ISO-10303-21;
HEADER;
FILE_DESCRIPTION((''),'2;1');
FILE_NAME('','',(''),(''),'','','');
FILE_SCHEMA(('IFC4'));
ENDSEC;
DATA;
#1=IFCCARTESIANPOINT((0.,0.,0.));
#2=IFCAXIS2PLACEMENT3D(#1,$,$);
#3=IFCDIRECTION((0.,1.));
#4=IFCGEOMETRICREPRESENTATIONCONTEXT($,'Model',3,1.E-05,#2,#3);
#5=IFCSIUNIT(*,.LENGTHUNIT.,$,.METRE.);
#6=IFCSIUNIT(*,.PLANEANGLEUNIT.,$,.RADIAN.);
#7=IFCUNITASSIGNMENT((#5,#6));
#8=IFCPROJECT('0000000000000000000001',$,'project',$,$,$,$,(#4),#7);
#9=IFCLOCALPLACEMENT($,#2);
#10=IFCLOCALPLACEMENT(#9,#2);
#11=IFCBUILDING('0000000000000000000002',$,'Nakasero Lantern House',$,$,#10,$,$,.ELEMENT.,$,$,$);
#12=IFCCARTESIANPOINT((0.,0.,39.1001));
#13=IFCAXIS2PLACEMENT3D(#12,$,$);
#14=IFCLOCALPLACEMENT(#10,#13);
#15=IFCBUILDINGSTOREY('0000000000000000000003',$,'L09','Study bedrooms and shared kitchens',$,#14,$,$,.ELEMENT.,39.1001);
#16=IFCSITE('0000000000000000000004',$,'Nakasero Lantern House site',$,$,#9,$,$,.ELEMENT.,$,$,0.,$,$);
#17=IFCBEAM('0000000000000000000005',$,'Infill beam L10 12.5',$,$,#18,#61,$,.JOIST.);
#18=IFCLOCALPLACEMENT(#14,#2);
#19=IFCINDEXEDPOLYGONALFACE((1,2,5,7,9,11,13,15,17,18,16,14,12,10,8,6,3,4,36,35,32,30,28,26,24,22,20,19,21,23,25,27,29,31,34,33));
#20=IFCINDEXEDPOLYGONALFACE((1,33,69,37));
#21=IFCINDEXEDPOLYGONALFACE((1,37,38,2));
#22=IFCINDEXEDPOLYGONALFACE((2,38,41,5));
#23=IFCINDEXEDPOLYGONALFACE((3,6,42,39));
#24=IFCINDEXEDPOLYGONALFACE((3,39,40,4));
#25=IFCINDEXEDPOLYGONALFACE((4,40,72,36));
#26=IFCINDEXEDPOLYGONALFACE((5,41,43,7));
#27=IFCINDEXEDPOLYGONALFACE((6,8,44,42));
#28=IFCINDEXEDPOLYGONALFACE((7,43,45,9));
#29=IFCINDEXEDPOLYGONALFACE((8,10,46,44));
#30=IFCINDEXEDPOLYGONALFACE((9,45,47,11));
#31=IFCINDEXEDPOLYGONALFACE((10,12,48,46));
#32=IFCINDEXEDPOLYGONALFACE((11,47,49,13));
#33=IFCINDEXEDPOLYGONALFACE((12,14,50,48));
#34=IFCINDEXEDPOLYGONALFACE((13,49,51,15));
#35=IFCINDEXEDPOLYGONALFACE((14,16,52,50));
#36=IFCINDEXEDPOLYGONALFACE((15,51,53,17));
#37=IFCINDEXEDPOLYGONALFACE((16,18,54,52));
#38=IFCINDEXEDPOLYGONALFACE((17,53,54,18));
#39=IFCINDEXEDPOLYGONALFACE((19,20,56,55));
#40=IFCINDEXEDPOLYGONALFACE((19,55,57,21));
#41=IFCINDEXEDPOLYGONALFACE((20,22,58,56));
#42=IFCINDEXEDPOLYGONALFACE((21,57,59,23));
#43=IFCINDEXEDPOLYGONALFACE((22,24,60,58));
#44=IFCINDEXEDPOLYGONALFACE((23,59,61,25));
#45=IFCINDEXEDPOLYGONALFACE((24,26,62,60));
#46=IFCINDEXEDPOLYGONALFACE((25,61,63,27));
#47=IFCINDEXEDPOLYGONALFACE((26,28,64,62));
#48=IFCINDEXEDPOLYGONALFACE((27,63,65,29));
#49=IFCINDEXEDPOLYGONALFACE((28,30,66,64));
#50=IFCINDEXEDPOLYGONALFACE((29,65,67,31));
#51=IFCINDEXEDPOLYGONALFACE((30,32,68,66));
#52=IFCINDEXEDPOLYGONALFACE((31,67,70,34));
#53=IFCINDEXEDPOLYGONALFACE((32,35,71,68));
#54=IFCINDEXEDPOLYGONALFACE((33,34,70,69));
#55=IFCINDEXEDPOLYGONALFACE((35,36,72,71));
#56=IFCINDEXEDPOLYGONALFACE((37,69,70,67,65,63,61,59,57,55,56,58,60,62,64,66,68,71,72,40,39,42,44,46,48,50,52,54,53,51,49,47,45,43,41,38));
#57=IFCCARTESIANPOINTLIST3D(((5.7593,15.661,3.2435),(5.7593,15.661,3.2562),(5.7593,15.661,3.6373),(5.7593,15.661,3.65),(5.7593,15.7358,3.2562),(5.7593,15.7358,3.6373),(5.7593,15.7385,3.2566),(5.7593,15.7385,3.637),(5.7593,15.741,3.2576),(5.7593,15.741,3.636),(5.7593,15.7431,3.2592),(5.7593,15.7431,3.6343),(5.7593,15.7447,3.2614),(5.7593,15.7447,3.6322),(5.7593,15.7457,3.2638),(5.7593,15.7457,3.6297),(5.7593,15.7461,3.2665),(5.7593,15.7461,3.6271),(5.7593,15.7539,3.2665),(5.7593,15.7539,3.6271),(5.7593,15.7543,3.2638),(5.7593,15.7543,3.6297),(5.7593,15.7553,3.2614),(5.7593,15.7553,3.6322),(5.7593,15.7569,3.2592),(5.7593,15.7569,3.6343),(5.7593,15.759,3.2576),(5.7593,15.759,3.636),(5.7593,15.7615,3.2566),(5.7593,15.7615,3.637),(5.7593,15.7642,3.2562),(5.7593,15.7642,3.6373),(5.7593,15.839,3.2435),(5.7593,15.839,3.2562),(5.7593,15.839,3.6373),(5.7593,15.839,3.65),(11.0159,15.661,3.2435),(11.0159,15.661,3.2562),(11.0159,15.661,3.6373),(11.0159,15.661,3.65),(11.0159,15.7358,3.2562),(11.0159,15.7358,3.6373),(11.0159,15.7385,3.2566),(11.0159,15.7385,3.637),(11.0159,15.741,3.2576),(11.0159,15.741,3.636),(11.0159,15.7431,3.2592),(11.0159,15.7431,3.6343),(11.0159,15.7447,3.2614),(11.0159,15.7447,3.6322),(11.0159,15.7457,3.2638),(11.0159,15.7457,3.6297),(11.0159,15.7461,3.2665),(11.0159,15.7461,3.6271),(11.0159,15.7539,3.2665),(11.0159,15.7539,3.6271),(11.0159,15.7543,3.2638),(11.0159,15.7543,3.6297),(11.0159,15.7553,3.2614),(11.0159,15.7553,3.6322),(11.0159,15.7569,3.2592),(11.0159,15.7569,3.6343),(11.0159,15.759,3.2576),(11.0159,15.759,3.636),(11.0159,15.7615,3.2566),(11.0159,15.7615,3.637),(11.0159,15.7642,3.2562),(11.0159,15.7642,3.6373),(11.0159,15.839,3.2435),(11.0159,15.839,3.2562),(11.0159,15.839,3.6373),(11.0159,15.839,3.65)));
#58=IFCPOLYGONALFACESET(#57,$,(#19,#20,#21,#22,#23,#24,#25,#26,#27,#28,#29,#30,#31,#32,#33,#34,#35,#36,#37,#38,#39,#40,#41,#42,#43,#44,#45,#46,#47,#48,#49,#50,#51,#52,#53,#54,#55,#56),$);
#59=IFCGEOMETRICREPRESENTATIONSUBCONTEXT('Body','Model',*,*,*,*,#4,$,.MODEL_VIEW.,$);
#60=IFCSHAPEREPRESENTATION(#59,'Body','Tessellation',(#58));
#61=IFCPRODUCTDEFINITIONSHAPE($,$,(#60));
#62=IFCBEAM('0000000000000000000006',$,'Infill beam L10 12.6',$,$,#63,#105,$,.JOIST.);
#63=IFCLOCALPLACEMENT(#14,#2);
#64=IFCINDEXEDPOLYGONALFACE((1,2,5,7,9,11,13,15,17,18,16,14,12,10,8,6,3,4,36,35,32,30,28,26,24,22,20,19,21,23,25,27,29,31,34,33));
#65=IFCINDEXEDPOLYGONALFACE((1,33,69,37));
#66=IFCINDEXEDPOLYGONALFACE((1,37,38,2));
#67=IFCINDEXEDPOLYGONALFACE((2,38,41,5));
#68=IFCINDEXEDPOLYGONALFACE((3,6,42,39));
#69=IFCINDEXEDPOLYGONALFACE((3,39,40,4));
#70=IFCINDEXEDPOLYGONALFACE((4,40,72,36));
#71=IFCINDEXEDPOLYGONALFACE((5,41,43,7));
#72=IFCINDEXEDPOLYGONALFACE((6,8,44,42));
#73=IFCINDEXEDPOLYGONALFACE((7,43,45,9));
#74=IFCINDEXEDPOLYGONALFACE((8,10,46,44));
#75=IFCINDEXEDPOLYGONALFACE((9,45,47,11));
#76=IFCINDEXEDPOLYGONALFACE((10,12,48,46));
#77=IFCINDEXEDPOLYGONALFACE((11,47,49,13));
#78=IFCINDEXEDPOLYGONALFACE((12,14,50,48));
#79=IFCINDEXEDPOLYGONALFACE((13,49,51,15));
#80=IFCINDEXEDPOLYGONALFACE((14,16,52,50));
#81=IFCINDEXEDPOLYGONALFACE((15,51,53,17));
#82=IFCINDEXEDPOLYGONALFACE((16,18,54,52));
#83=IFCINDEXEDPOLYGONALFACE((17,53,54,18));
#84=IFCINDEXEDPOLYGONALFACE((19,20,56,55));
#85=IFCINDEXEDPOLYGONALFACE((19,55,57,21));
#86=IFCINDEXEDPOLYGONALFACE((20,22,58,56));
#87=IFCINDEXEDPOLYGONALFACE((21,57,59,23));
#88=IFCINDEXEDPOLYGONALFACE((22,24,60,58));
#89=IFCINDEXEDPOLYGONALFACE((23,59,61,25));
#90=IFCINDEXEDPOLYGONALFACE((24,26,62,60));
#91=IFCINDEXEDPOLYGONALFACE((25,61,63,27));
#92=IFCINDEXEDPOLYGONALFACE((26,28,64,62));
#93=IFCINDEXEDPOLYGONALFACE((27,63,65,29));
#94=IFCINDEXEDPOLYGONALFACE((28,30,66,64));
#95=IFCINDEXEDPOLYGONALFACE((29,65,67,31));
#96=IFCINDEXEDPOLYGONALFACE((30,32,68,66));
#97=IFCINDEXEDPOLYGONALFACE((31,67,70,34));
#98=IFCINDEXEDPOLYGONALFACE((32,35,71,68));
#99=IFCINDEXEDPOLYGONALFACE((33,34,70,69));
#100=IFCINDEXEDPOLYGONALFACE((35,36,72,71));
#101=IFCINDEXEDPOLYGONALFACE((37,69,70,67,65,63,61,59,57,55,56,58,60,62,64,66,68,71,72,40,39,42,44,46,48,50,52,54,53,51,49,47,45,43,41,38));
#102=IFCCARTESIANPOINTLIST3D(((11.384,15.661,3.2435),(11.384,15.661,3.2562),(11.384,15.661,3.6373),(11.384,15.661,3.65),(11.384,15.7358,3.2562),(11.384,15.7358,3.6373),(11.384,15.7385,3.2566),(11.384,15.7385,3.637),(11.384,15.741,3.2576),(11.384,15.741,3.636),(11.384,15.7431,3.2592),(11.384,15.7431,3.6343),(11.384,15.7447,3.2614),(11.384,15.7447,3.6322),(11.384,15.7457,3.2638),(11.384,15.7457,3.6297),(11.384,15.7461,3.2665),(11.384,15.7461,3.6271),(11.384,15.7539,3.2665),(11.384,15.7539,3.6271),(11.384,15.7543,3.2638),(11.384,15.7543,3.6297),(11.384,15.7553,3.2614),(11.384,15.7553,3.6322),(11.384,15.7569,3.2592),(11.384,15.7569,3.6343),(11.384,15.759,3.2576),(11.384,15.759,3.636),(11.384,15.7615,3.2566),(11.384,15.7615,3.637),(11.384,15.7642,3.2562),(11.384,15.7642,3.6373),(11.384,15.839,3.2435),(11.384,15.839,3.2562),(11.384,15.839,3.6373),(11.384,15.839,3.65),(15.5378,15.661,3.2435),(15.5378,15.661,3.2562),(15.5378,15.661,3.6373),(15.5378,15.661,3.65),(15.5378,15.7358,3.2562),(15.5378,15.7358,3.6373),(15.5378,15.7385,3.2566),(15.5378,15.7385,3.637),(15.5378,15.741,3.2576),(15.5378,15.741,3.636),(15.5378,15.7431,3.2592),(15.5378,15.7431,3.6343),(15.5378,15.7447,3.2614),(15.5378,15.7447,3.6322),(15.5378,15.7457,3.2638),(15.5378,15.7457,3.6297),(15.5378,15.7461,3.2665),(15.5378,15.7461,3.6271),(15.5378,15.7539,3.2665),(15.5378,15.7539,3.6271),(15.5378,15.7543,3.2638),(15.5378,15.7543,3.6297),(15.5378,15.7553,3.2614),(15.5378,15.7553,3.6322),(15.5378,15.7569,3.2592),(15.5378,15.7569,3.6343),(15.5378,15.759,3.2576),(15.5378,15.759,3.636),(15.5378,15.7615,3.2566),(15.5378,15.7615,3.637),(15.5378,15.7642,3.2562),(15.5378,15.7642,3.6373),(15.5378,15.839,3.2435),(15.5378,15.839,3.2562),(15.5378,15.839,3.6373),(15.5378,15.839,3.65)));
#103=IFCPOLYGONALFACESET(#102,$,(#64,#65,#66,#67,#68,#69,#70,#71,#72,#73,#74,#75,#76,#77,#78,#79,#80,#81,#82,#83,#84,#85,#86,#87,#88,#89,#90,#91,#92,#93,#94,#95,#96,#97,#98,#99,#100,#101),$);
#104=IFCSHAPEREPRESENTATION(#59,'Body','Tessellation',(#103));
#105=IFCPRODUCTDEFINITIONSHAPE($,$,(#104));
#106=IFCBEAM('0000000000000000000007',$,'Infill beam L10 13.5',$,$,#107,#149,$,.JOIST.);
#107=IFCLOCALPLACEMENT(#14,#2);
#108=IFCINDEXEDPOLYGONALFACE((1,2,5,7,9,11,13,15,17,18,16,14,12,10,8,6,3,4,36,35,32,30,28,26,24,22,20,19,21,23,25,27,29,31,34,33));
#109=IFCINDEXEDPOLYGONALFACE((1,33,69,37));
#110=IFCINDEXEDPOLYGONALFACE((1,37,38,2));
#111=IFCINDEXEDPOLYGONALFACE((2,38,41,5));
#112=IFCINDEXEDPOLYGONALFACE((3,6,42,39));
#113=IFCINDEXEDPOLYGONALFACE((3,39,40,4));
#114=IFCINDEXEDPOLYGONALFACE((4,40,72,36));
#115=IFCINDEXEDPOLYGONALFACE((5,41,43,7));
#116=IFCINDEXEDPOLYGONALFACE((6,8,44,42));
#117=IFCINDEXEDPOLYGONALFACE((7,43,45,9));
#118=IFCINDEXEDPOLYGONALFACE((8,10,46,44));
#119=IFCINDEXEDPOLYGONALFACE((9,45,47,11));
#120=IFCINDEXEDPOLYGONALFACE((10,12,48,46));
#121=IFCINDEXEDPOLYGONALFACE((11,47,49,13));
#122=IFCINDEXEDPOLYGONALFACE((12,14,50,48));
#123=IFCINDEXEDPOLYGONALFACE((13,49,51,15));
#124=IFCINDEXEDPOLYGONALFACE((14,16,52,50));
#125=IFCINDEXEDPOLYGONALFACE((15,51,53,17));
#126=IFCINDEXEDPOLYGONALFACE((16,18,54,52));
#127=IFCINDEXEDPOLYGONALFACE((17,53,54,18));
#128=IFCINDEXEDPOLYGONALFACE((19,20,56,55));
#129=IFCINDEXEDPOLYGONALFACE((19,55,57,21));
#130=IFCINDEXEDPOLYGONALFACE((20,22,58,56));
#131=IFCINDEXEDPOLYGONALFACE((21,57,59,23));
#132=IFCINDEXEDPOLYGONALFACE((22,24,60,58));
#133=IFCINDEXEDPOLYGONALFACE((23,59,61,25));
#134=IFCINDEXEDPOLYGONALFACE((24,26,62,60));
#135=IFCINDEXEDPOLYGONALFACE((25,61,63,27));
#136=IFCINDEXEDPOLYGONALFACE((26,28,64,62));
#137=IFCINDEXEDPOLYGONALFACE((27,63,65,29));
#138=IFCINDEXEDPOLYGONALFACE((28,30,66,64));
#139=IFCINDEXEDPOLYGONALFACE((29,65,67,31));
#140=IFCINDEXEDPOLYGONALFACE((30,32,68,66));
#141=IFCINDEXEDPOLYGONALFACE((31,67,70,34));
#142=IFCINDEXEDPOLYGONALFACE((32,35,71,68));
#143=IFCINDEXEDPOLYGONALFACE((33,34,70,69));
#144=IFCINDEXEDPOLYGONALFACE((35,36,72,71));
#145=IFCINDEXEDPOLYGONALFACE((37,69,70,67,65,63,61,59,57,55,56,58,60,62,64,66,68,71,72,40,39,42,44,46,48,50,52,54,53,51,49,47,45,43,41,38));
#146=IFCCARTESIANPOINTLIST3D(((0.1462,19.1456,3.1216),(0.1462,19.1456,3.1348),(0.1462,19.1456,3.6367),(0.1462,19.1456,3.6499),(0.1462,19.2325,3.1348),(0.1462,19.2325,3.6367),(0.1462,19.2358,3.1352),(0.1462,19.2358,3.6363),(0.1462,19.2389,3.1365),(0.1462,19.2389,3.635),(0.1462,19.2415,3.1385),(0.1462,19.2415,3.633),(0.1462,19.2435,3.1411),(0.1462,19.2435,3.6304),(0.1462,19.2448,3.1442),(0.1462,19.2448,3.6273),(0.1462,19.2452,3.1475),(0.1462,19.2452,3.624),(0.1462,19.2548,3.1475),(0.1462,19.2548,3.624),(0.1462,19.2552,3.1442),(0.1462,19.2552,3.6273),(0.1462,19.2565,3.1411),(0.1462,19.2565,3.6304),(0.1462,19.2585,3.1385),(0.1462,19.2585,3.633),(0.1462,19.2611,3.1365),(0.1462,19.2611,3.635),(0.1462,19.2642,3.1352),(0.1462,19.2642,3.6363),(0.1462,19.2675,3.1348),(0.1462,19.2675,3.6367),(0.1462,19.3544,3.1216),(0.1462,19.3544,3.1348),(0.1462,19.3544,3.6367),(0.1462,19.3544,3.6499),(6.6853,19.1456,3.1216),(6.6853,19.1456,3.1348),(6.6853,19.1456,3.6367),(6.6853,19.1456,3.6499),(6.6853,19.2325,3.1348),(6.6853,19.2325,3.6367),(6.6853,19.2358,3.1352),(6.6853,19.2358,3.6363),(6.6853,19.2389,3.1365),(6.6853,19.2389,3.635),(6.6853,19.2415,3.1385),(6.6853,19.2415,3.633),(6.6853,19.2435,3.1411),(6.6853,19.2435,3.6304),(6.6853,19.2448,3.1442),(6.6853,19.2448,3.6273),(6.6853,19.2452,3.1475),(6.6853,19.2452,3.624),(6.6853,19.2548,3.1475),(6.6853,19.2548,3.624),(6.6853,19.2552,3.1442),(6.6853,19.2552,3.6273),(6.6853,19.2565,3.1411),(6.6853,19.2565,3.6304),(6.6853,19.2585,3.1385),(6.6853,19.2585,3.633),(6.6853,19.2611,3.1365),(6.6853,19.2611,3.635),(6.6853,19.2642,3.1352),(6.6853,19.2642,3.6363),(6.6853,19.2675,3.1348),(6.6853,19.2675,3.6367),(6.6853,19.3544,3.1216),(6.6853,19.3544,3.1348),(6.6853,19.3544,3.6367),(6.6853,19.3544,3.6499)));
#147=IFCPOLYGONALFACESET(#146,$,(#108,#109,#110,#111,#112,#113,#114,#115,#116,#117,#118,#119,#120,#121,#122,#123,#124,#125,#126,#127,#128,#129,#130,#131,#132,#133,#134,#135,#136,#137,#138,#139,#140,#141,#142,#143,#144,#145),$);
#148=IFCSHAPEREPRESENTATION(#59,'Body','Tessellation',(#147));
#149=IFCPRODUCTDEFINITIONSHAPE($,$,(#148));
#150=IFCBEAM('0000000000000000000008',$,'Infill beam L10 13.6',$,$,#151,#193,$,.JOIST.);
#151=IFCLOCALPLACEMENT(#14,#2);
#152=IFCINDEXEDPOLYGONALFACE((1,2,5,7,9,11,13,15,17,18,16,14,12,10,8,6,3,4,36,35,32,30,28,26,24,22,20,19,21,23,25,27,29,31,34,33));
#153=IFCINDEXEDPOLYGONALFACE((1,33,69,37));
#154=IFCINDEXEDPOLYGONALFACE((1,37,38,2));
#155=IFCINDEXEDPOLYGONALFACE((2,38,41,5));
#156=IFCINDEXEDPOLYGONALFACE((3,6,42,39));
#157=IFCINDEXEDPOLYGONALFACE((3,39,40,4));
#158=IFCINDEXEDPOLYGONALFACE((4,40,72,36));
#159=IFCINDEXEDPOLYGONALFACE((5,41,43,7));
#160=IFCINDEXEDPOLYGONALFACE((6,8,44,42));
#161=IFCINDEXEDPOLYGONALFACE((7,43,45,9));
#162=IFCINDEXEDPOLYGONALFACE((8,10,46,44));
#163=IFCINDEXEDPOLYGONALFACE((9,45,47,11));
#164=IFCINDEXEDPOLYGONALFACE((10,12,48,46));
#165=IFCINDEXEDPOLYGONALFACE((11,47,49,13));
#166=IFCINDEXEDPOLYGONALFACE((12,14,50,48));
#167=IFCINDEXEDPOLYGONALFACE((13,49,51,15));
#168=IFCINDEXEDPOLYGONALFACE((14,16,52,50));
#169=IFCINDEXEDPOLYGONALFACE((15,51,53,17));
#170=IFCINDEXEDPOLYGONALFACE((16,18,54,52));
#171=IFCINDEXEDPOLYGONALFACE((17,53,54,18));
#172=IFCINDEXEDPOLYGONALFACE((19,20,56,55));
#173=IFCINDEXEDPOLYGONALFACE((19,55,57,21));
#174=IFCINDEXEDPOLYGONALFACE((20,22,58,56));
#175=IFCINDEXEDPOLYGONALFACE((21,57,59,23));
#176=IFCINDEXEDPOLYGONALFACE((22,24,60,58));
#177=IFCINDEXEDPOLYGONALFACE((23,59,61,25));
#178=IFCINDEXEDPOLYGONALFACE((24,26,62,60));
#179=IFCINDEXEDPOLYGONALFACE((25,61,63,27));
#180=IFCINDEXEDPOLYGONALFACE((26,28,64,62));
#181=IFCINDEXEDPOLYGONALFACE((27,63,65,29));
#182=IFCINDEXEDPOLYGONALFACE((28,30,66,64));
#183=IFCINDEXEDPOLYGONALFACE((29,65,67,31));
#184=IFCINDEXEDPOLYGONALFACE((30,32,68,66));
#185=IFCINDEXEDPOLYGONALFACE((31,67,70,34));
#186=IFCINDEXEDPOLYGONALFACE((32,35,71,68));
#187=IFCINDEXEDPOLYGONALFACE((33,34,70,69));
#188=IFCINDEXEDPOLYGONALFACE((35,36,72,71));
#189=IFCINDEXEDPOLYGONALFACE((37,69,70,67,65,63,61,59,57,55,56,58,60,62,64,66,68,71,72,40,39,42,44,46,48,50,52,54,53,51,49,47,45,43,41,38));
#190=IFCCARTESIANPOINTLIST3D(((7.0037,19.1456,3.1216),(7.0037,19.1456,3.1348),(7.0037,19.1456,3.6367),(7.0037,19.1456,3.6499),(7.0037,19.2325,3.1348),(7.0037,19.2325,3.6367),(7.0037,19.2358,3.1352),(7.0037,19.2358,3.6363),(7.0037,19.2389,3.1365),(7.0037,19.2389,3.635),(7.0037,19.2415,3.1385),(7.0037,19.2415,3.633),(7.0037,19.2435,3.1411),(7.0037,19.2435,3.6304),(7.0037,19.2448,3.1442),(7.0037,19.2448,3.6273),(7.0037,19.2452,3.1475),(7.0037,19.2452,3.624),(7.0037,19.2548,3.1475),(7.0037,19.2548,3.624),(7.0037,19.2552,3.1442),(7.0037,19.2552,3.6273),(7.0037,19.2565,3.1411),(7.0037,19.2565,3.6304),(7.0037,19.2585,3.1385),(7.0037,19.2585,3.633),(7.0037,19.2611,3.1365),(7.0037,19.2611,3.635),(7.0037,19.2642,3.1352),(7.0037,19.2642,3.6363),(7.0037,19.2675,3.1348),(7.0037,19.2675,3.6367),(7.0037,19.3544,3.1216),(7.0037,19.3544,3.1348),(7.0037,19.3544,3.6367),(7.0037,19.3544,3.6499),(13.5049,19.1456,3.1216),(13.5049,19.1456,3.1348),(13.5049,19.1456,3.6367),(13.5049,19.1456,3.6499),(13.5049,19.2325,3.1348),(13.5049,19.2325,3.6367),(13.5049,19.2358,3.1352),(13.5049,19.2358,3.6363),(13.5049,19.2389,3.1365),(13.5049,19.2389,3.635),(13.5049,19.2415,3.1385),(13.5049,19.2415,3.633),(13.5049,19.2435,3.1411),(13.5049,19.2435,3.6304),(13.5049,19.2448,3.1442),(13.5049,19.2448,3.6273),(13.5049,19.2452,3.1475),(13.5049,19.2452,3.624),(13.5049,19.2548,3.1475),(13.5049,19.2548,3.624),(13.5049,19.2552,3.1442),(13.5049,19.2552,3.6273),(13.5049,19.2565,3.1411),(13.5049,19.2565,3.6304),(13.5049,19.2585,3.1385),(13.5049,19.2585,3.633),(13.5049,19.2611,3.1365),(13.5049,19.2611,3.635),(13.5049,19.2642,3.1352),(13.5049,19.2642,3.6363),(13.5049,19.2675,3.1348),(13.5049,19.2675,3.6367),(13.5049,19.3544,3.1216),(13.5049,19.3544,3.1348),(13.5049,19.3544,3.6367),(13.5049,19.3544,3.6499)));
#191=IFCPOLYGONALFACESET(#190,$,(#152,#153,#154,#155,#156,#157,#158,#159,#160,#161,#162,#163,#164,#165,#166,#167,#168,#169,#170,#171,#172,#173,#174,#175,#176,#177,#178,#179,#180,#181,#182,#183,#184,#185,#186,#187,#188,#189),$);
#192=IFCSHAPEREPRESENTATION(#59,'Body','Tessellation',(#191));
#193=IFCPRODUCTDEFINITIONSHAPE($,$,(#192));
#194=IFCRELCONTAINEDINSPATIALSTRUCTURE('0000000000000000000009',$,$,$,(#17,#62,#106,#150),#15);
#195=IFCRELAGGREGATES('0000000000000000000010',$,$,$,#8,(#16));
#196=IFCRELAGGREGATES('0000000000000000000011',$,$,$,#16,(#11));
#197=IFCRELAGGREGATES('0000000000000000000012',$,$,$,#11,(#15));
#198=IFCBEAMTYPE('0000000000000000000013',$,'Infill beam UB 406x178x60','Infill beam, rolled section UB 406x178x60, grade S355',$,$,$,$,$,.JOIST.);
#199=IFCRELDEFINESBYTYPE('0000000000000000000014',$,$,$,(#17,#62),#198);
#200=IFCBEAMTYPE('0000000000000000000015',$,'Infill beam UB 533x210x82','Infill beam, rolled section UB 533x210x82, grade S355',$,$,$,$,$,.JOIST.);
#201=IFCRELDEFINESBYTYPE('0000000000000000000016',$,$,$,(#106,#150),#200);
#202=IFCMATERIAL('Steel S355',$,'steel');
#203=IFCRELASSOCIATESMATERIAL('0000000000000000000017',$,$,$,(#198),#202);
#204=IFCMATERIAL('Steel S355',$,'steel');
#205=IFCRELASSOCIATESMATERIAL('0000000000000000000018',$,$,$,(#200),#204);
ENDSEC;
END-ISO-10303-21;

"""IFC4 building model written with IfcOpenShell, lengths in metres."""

from ifc_helpers import new_model, si_unit, direction, frame, origin, origin_2d, place, context, subcontext, project, spatial, i_section, extrude, material, material_profile, profile_set, type_object, element, save


model = new_model("IFC4")

# Units and contexts
model_context = context("Model", 3, precision=1e-05, world=origin(), true_north=direction((0.0, 1.0)))
body_context = subcontext(model_context, "Body", "Model", "MODEL_VIEW")
ifc_project = project(units=[si_unit("LENGTHUNIT", "METRE"), si_unit("PLANEANGLEUNIT", "RADIAN")], contexts=[model_context])

# Site, building, storey
site_placement = place(None, origin())
site = spatial("IfcSite", under=ifc_project, at=site_placement, Name="Nakasero Lantern House site", CompositionType="ELEMENT", RefElevation=0.0)
building_placement = place(site_placement, origin())
building = spatial("IfcBuilding", under=site, at=building_placement, Name="Nakasero Lantern House", CompositionType="ELEMENT")
storey_placement = place(building_placement, frame((0.0, 0.0, 39.1001)))
storey = spatial("IfcBuildingStorey", under=building, at=storey_placement, Name="L09", Description="Study bedrooms and shared kitchens", CompositionType="ELEMENT", Elevation=39.1001)

# Beams
ifc_material_1 = material(Name="Steel S355", Category="steel")
ifc_material_profile_1 = material_profile(ifc_material_1, i_section(OverallWidth=0.178, OverallDepth=0.4065, WebThickness=0.0078, FlangeThickness=0.0127, FilletRadius=0.0103, at=origin_2d()), Name="UB 406x178x60")
ifc_profile_set_1 = profile_set([ifc_material_profile_1], Name="Steel S355")
beam_type_1 = type_object("IfcBeamType", Name="Infill beam UB 406x178x60", Description="Infill beam, rolled section UB 406x178x60, grade S355", PredefinedType="JOIST", material=ifc_profile_set_1)
beam_1_placement = place(storey_placement, frame((5.7593, 15.75, 3.4468), z_axis=(1.0, 0.0, 0.0), x_axis=(0.0, 1.0, 0.0)))
element("IfcBeam", 1, at=beam_1_placement, inside=storey, type_object=beam_type_1, Name="Infill beam L10 12.5", PredefinedType="JOIST", context=body_context, shape_type="SweptSolid", body=[
    extrude(i_section(OverallWidth=0.178, OverallDepth=0.4065, WebThickness=0.0078, FlangeThickness=0.0127, FilletRadius=0.0103, at=origin_2d()), origin(), (0.0, 0.0, 1.0), 5.2566),
])
beam_2_placement = place(storey_placement, frame((11.384, 15.75, 3.4468), z_axis=(1.0, 0.0, 0.0), x_axis=(0.0, 1.0, 0.0)))
element("IfcBeam", 2, at=beam_2_placement, inside=storey, type_object=beam_type_1, Name="Infill beam L10 12.6", PredefinedType="JOIST", context=body_context, shape_type="SweptSolid", body=[
    extrude(i_section(OverallWidth=0.178, OverallDepth=0.4065, WebThickness=0.0078, FlangeThickness=0.0127, FilletRadius=0.0103, at=origin_2d()), origin(), (0.0, 0.0, 1.0), 4.1538),
])
ifc_material_2 = material(Name="Steel S355", Category="steel")
ifc_material_profile_2 = material_profile(ifc_material_2, i_section(OverallWidth=0.2087, OverallDepth=0.5283, WebThickness=0.0095, FlangeThickness=0.0132, FilletRadius=0.0127, at=origin_2d()), Name="UB 533x210x82")
ifc_profile_set_2 = profile_set([ifc_material_profile_2], Name="Steel S355")
beam_type_2 = type_object("IfcBeamType", Name="Infill beam UB 533x210x82", Description="Infill beam, rolled section UB 533x210x82, grade S355", PredefinedType="JOIST", material=ifc_profile_set_2)
beam_3_placement = place(storey_placement, frame((0.1462, 19.25, 3.3857), z_axis=(1.0, 0.0, 0.0), x_axis=(0.0, 1.0, 0.0)))
element("IfcBeam", 3, at=beam_3_placement, inside=storey, type_object=beam_type_2, Name="Infill beam L10 13.5", PredefinedType="JOIST", context=body_context, shape_type="SweptSolid", body=[
    extrude(i_section(OverallWidth=0.2087, OverallDepth=0.5283, WebThickness=0.0095, FlangeThickness=0.0132, FilletRadius=0.0127, at=origin_2d()), origin(), (0.0, 0.0, 1.0), 6.5391),
])
beam_4_placement = place(storey_placement, frame((7.0037, 19.25, 3.3857), z_axis=(1.0, 0.0, 0.0), x_axis=(0.0, 1.0, 0.0)))
element("IfcBeam", 4, at=beam_4_placement, inside=storey, type_object=beam_type_2, Name="Infill beam L10 13.6", PredefinedType="JOIST", context=body_context, shape_type="SweptSolid", body=[
    extrude(i_section(OverallWidth=0.2087, OverallDepth=0.5283, WebThickness=0.0095, FlangeThickness=0.0132, FilletRadius=0.0127, at=origin_2d()), origin(), (0.0, 0.0, 1.0), 6.5012),
])

save(model, "model.ifc")
